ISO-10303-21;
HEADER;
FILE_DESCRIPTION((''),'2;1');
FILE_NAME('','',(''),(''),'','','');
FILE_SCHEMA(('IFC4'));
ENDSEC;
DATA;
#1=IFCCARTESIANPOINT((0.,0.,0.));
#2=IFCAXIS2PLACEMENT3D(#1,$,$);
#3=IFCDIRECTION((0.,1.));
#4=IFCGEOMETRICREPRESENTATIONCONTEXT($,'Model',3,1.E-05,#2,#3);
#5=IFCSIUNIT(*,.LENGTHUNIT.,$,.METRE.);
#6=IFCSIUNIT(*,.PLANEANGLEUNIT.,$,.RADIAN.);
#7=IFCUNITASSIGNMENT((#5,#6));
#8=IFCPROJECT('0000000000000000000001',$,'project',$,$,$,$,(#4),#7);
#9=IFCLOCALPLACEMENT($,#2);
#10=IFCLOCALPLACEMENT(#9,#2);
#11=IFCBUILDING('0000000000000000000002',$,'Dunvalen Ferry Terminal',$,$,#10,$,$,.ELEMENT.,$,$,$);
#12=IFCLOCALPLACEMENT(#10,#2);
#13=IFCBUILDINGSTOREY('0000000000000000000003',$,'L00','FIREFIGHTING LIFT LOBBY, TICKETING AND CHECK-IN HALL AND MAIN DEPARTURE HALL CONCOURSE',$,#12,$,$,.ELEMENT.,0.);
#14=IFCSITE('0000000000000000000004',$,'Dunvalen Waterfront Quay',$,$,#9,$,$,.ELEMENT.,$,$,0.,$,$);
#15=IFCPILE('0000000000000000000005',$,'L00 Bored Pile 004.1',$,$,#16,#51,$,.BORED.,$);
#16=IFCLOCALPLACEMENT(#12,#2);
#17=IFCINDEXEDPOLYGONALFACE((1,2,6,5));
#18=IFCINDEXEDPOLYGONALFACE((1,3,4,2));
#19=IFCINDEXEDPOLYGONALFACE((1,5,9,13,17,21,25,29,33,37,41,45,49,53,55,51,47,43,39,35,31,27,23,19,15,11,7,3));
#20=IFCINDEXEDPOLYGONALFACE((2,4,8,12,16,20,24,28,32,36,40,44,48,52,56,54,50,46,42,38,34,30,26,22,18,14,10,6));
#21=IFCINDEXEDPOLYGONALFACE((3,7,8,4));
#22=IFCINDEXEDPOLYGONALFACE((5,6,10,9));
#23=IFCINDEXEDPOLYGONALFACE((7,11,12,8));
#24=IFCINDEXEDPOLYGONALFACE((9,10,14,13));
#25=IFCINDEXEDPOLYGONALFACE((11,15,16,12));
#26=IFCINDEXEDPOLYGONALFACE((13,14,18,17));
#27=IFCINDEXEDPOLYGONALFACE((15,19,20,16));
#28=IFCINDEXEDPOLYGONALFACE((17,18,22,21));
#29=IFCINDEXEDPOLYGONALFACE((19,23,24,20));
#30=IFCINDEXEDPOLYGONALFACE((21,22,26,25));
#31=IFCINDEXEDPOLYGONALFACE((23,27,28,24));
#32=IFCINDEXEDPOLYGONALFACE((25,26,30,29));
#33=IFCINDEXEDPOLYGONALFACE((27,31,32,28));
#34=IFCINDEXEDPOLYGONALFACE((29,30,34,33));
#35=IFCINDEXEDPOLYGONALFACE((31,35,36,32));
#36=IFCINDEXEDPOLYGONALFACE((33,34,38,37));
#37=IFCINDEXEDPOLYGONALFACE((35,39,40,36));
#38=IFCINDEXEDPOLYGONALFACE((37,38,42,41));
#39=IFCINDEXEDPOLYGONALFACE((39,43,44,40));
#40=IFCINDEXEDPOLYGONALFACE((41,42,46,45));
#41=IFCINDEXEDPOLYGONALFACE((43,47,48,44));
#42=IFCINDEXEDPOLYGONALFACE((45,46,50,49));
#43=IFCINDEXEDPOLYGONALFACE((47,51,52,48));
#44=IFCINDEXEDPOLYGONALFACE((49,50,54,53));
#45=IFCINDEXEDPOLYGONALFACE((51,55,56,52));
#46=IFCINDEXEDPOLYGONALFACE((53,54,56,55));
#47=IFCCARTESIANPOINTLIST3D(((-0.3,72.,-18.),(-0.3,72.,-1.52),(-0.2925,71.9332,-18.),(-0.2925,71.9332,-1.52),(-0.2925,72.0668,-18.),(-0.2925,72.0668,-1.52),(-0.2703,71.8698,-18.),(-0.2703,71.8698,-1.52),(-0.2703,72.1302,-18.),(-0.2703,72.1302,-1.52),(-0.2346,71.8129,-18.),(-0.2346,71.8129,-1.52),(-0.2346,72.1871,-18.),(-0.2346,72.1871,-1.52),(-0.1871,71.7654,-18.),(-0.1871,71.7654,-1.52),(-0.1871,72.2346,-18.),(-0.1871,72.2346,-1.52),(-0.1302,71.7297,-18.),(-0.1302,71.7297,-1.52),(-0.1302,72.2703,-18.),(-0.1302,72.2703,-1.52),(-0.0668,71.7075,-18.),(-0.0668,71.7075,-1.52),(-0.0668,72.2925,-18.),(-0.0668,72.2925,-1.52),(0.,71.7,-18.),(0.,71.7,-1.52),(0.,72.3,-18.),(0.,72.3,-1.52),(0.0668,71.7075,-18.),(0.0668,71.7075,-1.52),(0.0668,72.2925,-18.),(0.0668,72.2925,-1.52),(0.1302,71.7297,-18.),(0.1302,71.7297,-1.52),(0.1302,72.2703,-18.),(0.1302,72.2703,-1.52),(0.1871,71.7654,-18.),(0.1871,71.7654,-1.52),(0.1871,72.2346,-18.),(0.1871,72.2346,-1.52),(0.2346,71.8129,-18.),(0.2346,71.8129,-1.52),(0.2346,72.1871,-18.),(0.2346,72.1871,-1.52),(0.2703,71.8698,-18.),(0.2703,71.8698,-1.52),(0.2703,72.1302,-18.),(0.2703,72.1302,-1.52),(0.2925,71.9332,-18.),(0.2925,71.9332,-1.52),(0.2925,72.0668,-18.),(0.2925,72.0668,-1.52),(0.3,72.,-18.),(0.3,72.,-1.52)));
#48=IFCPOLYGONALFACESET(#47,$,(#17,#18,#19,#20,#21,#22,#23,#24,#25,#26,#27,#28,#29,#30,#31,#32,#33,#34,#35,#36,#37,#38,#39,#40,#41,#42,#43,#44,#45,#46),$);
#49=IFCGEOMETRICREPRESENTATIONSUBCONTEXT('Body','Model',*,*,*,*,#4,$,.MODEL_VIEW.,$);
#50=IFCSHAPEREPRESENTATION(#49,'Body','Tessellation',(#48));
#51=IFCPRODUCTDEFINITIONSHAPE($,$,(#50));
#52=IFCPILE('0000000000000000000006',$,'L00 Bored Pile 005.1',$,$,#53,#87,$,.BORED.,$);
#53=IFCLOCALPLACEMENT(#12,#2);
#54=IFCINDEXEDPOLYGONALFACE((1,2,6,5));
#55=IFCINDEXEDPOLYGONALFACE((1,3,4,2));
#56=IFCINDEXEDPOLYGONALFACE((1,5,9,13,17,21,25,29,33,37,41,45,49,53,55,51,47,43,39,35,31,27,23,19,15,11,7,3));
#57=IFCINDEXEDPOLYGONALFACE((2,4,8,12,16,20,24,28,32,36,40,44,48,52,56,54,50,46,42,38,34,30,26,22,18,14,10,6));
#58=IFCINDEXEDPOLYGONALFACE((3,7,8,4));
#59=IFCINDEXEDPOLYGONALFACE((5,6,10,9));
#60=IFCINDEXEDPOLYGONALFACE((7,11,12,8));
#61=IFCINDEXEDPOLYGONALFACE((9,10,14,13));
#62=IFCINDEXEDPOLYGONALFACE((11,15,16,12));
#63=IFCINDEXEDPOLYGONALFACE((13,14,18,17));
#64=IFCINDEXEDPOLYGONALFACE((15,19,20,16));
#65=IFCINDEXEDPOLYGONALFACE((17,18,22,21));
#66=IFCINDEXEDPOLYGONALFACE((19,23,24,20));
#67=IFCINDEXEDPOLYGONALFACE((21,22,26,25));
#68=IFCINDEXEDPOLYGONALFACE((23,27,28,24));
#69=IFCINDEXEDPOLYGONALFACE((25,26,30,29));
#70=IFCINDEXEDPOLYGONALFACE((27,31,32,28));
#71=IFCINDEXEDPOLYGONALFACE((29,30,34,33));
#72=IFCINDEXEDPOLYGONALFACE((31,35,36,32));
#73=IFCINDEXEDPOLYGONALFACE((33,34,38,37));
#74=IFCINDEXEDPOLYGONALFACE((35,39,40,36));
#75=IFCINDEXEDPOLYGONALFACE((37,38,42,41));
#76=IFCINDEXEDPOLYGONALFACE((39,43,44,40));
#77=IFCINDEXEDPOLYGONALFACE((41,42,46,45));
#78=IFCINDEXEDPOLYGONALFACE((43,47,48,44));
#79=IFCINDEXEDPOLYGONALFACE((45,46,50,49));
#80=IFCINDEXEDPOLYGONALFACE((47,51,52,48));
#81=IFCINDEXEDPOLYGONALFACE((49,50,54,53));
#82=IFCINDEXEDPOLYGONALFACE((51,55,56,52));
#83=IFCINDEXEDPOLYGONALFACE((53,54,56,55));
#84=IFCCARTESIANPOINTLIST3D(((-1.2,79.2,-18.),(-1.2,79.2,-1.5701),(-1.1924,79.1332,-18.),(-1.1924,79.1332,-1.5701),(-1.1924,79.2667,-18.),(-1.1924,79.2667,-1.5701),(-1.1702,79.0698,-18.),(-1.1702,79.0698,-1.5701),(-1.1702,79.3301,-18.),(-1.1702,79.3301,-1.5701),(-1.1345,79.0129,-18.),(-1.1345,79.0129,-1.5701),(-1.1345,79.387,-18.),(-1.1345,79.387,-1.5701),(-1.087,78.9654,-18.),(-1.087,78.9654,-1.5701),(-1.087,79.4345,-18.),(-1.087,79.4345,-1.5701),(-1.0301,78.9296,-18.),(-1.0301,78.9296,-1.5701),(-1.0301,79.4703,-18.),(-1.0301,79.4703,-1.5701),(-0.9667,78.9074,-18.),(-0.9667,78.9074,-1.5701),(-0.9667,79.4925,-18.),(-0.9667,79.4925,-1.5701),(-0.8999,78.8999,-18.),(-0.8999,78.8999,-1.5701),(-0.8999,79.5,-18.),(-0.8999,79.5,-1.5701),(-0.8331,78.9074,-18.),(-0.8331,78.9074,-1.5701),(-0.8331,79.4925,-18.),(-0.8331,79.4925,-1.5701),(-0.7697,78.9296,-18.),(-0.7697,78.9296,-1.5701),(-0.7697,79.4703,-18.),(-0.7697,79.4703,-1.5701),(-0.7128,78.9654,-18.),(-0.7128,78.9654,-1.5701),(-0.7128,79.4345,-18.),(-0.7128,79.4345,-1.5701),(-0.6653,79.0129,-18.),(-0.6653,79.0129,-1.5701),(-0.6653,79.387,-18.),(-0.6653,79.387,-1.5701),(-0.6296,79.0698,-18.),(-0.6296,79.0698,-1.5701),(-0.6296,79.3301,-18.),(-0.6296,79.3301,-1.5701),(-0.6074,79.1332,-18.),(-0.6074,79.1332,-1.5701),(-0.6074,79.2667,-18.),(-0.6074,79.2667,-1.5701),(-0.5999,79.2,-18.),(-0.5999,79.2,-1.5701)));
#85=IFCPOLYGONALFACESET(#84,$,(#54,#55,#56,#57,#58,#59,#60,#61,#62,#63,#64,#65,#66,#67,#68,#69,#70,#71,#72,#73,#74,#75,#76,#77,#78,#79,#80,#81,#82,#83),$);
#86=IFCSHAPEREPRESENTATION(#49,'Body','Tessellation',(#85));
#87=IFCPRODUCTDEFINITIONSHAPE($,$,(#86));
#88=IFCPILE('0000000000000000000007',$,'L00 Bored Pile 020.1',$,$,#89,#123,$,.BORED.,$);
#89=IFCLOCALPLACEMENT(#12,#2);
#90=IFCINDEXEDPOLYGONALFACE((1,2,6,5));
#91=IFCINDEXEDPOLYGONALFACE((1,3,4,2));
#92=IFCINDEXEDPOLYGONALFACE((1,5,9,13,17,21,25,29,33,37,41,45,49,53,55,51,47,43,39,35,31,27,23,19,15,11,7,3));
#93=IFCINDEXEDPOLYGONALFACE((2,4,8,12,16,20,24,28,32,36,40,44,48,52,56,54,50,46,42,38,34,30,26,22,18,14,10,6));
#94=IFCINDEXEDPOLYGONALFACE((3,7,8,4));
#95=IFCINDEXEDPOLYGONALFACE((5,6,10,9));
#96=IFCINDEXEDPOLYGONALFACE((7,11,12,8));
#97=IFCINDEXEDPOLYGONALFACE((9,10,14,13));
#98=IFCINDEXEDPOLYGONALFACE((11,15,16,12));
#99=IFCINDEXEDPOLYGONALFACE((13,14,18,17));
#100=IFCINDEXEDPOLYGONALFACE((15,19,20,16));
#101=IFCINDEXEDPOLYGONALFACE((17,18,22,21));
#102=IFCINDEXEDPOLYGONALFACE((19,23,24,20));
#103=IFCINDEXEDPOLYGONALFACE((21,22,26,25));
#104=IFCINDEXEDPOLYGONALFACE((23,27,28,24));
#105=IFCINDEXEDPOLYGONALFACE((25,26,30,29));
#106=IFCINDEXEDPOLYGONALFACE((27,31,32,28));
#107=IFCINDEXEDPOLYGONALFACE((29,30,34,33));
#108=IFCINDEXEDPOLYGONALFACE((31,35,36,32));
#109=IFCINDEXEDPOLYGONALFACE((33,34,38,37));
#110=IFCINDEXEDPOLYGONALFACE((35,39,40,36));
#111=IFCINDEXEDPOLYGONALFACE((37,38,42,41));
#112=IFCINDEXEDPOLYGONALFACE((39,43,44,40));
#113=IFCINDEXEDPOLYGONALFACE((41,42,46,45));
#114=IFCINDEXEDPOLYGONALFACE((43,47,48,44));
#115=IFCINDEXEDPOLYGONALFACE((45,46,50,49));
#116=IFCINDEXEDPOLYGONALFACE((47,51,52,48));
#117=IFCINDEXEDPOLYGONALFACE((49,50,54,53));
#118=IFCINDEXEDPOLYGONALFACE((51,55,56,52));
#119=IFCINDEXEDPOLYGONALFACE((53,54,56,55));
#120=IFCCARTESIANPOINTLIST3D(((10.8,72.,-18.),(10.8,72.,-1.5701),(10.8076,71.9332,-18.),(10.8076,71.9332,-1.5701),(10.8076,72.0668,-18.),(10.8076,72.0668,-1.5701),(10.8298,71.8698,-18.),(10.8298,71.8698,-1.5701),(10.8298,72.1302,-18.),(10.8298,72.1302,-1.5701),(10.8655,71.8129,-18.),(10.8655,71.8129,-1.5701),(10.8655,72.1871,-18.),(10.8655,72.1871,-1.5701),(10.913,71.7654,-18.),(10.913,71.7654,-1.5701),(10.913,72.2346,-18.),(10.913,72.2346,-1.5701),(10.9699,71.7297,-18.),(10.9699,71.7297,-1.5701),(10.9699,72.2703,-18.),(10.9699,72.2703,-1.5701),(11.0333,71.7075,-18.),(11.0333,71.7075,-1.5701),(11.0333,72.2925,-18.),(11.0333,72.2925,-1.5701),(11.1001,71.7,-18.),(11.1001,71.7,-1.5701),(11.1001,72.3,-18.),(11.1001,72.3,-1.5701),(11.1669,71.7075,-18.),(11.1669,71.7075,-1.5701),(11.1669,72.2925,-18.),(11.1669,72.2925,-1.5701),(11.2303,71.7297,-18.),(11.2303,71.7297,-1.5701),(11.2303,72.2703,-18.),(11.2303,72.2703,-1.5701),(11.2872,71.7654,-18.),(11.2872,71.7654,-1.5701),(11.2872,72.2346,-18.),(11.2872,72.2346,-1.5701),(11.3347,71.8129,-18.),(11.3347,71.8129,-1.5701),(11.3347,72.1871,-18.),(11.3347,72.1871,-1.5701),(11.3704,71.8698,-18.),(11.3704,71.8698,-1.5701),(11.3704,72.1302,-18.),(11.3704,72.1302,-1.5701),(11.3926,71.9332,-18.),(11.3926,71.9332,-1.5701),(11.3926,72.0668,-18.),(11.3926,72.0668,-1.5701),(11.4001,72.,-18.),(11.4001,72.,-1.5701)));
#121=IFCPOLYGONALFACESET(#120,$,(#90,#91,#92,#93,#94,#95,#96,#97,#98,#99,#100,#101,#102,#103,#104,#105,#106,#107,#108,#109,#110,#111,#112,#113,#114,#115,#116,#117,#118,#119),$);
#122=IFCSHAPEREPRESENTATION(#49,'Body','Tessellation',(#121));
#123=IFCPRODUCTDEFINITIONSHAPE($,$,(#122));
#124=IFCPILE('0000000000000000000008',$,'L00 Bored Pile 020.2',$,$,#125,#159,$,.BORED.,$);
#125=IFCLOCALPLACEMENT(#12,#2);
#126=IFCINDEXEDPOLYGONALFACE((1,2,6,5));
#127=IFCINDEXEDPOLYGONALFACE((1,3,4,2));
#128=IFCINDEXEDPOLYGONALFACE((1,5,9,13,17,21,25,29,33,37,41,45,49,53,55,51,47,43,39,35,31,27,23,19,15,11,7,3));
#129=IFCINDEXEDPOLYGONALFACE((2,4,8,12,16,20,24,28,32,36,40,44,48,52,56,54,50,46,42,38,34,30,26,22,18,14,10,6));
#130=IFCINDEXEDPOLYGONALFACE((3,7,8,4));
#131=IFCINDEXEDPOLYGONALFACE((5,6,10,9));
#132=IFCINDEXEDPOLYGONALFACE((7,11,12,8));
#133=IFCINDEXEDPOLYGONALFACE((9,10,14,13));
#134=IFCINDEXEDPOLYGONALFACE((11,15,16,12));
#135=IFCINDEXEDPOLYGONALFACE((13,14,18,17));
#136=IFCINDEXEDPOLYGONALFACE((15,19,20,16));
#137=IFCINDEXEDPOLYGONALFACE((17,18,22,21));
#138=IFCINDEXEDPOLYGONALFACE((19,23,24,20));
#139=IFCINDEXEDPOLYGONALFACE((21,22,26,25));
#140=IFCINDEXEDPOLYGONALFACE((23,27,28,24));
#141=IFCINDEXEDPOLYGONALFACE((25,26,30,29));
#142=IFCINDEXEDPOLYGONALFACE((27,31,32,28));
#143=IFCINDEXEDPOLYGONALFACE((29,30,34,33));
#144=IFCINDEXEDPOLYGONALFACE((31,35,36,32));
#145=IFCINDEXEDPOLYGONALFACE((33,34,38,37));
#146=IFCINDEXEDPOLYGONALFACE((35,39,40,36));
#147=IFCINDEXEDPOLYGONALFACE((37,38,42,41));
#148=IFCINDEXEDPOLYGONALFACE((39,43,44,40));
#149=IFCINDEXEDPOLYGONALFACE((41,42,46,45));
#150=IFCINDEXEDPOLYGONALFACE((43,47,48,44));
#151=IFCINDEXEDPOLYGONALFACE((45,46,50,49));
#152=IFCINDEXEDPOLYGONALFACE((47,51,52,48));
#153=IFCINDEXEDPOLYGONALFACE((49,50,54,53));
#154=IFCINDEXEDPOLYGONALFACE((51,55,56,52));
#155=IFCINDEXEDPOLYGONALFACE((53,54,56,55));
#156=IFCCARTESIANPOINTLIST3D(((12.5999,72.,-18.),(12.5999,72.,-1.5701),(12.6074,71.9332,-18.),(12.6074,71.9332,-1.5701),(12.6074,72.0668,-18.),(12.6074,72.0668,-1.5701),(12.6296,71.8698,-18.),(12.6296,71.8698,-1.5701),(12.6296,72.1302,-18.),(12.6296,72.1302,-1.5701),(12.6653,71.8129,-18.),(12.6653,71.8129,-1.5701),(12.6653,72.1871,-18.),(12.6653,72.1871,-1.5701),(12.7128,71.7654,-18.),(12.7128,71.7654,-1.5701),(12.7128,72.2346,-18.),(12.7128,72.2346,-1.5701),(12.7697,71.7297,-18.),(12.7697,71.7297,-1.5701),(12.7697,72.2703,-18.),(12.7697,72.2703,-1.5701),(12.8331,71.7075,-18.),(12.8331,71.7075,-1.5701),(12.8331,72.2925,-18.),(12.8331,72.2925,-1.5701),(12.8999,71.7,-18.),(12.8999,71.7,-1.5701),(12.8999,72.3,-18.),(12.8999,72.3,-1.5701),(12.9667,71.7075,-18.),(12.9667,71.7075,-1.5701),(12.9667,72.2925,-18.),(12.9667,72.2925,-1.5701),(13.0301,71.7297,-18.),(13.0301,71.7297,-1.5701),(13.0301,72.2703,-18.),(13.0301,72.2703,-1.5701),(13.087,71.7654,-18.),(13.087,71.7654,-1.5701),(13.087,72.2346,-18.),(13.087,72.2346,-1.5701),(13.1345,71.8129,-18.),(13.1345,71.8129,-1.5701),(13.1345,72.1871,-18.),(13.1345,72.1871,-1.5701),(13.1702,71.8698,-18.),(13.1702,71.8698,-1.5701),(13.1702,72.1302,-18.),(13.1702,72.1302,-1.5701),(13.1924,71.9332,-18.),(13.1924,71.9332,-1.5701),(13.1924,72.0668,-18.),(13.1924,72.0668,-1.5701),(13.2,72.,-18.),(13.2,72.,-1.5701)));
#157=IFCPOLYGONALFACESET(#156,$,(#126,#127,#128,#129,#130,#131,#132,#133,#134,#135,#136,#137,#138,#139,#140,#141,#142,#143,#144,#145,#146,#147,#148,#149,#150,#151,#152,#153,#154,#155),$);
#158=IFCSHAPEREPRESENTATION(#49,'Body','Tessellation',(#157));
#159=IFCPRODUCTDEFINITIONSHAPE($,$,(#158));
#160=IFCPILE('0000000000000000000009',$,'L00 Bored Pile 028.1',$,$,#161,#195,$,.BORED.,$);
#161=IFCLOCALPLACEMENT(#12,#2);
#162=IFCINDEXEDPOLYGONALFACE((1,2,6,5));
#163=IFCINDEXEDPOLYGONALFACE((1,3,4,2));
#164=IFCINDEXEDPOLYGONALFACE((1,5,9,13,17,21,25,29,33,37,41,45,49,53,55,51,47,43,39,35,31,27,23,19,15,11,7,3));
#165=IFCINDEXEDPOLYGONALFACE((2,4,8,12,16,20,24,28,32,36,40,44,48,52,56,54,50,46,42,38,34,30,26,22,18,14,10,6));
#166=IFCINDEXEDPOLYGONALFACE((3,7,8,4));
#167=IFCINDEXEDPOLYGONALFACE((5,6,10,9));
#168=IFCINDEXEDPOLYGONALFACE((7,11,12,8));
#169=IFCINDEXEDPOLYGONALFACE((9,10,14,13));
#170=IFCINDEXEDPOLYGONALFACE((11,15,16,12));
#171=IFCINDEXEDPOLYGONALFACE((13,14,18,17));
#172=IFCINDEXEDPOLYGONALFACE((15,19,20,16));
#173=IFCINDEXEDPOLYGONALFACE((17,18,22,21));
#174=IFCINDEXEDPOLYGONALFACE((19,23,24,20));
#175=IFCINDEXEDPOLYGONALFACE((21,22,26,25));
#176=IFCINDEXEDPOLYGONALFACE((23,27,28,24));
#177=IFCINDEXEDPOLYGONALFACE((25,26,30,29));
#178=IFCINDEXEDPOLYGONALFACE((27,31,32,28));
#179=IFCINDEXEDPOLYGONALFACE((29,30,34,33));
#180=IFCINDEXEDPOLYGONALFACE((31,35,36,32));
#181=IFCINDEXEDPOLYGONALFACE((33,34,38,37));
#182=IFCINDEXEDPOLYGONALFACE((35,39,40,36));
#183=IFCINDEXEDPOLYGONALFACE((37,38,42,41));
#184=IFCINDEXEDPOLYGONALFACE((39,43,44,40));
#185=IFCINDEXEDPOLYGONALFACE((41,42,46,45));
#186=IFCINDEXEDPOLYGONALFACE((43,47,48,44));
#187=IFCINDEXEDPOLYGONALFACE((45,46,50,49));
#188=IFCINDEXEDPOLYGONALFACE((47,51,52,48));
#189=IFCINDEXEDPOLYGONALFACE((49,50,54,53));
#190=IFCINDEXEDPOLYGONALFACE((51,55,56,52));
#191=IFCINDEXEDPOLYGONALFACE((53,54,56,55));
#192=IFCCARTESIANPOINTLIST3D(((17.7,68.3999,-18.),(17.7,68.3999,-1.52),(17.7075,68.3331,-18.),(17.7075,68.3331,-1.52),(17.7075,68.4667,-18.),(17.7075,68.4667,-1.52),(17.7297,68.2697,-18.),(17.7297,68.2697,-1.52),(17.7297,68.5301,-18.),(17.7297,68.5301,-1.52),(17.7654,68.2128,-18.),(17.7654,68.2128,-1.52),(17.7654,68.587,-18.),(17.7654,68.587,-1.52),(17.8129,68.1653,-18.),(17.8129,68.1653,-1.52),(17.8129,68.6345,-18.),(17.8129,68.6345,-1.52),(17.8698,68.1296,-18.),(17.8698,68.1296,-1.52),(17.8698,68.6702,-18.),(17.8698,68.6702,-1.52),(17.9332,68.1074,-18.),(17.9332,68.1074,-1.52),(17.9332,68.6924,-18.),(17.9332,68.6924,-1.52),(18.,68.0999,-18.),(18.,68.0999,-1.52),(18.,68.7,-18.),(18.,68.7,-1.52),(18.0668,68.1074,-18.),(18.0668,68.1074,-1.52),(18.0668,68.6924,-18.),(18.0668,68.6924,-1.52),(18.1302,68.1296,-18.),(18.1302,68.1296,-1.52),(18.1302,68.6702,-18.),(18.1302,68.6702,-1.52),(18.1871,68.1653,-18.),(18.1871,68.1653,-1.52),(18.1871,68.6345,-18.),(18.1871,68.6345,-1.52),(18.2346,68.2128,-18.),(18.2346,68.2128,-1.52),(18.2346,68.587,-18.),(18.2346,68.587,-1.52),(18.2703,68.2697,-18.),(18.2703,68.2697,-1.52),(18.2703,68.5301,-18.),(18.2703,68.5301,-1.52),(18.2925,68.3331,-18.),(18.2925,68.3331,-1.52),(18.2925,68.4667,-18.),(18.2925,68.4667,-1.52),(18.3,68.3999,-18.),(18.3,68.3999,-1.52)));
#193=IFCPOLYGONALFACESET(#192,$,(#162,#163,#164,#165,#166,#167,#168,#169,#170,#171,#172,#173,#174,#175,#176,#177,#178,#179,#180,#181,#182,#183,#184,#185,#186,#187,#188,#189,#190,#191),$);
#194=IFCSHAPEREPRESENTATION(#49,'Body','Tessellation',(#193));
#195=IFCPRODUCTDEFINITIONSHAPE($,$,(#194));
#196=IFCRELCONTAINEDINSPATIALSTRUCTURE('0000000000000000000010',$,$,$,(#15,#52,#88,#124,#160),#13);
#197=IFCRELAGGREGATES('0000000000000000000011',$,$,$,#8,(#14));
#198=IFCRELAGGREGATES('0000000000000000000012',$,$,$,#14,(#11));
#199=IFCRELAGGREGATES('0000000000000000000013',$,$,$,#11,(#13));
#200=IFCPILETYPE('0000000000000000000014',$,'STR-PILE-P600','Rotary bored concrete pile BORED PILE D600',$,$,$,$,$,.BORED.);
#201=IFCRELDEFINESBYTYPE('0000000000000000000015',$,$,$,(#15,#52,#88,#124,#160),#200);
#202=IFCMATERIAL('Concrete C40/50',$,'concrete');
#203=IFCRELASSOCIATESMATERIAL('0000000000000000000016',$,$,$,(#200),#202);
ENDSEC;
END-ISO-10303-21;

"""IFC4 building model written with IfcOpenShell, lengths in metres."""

from ifc_helpers import new_model, si_unit, direction, frame, origin, origin_2d, place, context, subcontext, project, spatial, circle, extrude, material, material_profile, profile_set, type_object, element, save


model = new_model("IFC4")

# Units and contexts
model_context = context("Model", 3, precision=1e-05, world=origin(), true_north=direction((0.0, 1.0)))
body_context = subcontext(model_context, "Body", "Model", "MODEL_VIEW")
ifc_project = project(units=[si_unit("LENGTHUNIT", "METRE"), si_unit("PLANEANGLEUNIT", "RADIAN")], contexts=[model_context])

# Site, building, storey
site_placement = place(None, origin())
site = spatial("IfcSite", under=ifc_project, at=site_placement, Name="Dunvalen Waterfront Quay", CompositionType="ELEMENT", RefElevation=0.0)
building_placement = place(site_placement, origin())
building = spatial("IfcBuilding", under=site, at=building_placement, Name="Dunvalen Ferry Terminal", CompositionType="ELEMENT")
storey_placement = place(building_placement, origin())
storey = spatial("IfcBuildingStorey", under=building, at=storey_placement, Name="L00", Description="FIREFIGHTING LIFT LOBBY, TICKETING AND CHECK-IN HALL AND MAIN DEPARTURE HALL CONCOURSE", CompositionType="ELEMENT", Elevation=0.0)

# Shared definitions
ifc_material_1 = material(Name="Concrete C40/50", Category="concrete")

# Piles
ifc_material_profile_1 = material_profile(ifc_material_1, circle(Radius=0.3, at=origin_2d()), Name="Concrete C40/50")
ifc_profile_set_1 = profile_set([ifc_material_profile_1], Name="Concrete C40/50")
pile_type_1 = type_object("IfcPileType", Name="STR-PILE-P600", Description="Rotary bored concrete pile BORED PILE D600", PredefinedType="BORED", material=ifc_profile_set_1)
pile_1_placement = place(storey_placement, frame((0.0, 72.0, -1.52), z_axis=(0.0, 0.0, -1.0), x_axis=(1.0, 0.0, 0.0)))
element("IfcPile", 1, at=pile_1_placement, inside=storey, type_object=pile_type_1, Name="L00 Bored Pile 004.1", PredefinedType="BORED", context=body_context, shape_type="SweptSolid", body=[
    extrude(circle(Radius=0.3, at=origin_2d()), origin(), (0.0, 0.0, 1.0), 16.48),
])
for number, where, z_axis, x_axis, name in (
    (2, (-0.8999, 79.2, -1.5701), (0.0, 0.0, -1.0), (1.0, 0.0, 0.0), "L00 Bored Pile 005.1"),
    (3, (11.1001, 72.0, -1.5701), (0.0, 0.0, -1.0), (1.0, 0.0, 0.0), "L00 Bored Pile 020.1"),
    (4, (12.8999, 72.0, -1.5701), (0.0, 0.0, -1.0), (1.0, 0.0, 0.0), "L00 Bored Pile 020.2"),
):
    element("IfcPile", number, at=place(storey_placement, frame(where, z_axis=z_axis, x_axis=x_axis)), inside=storey, type_object=pile_type_1, Name=name, PredefinedType="BORED", context=body_context, shape_type="SweptSolid", body=[
        extrude(circle(Radius=0.3, at=origin_2d()), origin(), (0.0, 0.0, 1.0), 16.4299),
    ])
pile_2_placement = place(storey_placement, frame((18.0, 68.3999, -1.52), z_axis=(0.0, 0.0, -1.0), x_axis=(1.0, 0.0, 0.0)))
element("IfcPile", 5, at=pile_2_placement, inside=storey, type_object=pile_type_1, Name="L00 Bored Pile 028.1", PredefinedType="BORED", context=body_context, shape_type="SweptSolid", body=[
    extrude(circle(Radius=0.3, at=origin_2d()), origin(), (0.0, 0.0, 1.0), 16.48),
])

save(model, "model.ifc")
